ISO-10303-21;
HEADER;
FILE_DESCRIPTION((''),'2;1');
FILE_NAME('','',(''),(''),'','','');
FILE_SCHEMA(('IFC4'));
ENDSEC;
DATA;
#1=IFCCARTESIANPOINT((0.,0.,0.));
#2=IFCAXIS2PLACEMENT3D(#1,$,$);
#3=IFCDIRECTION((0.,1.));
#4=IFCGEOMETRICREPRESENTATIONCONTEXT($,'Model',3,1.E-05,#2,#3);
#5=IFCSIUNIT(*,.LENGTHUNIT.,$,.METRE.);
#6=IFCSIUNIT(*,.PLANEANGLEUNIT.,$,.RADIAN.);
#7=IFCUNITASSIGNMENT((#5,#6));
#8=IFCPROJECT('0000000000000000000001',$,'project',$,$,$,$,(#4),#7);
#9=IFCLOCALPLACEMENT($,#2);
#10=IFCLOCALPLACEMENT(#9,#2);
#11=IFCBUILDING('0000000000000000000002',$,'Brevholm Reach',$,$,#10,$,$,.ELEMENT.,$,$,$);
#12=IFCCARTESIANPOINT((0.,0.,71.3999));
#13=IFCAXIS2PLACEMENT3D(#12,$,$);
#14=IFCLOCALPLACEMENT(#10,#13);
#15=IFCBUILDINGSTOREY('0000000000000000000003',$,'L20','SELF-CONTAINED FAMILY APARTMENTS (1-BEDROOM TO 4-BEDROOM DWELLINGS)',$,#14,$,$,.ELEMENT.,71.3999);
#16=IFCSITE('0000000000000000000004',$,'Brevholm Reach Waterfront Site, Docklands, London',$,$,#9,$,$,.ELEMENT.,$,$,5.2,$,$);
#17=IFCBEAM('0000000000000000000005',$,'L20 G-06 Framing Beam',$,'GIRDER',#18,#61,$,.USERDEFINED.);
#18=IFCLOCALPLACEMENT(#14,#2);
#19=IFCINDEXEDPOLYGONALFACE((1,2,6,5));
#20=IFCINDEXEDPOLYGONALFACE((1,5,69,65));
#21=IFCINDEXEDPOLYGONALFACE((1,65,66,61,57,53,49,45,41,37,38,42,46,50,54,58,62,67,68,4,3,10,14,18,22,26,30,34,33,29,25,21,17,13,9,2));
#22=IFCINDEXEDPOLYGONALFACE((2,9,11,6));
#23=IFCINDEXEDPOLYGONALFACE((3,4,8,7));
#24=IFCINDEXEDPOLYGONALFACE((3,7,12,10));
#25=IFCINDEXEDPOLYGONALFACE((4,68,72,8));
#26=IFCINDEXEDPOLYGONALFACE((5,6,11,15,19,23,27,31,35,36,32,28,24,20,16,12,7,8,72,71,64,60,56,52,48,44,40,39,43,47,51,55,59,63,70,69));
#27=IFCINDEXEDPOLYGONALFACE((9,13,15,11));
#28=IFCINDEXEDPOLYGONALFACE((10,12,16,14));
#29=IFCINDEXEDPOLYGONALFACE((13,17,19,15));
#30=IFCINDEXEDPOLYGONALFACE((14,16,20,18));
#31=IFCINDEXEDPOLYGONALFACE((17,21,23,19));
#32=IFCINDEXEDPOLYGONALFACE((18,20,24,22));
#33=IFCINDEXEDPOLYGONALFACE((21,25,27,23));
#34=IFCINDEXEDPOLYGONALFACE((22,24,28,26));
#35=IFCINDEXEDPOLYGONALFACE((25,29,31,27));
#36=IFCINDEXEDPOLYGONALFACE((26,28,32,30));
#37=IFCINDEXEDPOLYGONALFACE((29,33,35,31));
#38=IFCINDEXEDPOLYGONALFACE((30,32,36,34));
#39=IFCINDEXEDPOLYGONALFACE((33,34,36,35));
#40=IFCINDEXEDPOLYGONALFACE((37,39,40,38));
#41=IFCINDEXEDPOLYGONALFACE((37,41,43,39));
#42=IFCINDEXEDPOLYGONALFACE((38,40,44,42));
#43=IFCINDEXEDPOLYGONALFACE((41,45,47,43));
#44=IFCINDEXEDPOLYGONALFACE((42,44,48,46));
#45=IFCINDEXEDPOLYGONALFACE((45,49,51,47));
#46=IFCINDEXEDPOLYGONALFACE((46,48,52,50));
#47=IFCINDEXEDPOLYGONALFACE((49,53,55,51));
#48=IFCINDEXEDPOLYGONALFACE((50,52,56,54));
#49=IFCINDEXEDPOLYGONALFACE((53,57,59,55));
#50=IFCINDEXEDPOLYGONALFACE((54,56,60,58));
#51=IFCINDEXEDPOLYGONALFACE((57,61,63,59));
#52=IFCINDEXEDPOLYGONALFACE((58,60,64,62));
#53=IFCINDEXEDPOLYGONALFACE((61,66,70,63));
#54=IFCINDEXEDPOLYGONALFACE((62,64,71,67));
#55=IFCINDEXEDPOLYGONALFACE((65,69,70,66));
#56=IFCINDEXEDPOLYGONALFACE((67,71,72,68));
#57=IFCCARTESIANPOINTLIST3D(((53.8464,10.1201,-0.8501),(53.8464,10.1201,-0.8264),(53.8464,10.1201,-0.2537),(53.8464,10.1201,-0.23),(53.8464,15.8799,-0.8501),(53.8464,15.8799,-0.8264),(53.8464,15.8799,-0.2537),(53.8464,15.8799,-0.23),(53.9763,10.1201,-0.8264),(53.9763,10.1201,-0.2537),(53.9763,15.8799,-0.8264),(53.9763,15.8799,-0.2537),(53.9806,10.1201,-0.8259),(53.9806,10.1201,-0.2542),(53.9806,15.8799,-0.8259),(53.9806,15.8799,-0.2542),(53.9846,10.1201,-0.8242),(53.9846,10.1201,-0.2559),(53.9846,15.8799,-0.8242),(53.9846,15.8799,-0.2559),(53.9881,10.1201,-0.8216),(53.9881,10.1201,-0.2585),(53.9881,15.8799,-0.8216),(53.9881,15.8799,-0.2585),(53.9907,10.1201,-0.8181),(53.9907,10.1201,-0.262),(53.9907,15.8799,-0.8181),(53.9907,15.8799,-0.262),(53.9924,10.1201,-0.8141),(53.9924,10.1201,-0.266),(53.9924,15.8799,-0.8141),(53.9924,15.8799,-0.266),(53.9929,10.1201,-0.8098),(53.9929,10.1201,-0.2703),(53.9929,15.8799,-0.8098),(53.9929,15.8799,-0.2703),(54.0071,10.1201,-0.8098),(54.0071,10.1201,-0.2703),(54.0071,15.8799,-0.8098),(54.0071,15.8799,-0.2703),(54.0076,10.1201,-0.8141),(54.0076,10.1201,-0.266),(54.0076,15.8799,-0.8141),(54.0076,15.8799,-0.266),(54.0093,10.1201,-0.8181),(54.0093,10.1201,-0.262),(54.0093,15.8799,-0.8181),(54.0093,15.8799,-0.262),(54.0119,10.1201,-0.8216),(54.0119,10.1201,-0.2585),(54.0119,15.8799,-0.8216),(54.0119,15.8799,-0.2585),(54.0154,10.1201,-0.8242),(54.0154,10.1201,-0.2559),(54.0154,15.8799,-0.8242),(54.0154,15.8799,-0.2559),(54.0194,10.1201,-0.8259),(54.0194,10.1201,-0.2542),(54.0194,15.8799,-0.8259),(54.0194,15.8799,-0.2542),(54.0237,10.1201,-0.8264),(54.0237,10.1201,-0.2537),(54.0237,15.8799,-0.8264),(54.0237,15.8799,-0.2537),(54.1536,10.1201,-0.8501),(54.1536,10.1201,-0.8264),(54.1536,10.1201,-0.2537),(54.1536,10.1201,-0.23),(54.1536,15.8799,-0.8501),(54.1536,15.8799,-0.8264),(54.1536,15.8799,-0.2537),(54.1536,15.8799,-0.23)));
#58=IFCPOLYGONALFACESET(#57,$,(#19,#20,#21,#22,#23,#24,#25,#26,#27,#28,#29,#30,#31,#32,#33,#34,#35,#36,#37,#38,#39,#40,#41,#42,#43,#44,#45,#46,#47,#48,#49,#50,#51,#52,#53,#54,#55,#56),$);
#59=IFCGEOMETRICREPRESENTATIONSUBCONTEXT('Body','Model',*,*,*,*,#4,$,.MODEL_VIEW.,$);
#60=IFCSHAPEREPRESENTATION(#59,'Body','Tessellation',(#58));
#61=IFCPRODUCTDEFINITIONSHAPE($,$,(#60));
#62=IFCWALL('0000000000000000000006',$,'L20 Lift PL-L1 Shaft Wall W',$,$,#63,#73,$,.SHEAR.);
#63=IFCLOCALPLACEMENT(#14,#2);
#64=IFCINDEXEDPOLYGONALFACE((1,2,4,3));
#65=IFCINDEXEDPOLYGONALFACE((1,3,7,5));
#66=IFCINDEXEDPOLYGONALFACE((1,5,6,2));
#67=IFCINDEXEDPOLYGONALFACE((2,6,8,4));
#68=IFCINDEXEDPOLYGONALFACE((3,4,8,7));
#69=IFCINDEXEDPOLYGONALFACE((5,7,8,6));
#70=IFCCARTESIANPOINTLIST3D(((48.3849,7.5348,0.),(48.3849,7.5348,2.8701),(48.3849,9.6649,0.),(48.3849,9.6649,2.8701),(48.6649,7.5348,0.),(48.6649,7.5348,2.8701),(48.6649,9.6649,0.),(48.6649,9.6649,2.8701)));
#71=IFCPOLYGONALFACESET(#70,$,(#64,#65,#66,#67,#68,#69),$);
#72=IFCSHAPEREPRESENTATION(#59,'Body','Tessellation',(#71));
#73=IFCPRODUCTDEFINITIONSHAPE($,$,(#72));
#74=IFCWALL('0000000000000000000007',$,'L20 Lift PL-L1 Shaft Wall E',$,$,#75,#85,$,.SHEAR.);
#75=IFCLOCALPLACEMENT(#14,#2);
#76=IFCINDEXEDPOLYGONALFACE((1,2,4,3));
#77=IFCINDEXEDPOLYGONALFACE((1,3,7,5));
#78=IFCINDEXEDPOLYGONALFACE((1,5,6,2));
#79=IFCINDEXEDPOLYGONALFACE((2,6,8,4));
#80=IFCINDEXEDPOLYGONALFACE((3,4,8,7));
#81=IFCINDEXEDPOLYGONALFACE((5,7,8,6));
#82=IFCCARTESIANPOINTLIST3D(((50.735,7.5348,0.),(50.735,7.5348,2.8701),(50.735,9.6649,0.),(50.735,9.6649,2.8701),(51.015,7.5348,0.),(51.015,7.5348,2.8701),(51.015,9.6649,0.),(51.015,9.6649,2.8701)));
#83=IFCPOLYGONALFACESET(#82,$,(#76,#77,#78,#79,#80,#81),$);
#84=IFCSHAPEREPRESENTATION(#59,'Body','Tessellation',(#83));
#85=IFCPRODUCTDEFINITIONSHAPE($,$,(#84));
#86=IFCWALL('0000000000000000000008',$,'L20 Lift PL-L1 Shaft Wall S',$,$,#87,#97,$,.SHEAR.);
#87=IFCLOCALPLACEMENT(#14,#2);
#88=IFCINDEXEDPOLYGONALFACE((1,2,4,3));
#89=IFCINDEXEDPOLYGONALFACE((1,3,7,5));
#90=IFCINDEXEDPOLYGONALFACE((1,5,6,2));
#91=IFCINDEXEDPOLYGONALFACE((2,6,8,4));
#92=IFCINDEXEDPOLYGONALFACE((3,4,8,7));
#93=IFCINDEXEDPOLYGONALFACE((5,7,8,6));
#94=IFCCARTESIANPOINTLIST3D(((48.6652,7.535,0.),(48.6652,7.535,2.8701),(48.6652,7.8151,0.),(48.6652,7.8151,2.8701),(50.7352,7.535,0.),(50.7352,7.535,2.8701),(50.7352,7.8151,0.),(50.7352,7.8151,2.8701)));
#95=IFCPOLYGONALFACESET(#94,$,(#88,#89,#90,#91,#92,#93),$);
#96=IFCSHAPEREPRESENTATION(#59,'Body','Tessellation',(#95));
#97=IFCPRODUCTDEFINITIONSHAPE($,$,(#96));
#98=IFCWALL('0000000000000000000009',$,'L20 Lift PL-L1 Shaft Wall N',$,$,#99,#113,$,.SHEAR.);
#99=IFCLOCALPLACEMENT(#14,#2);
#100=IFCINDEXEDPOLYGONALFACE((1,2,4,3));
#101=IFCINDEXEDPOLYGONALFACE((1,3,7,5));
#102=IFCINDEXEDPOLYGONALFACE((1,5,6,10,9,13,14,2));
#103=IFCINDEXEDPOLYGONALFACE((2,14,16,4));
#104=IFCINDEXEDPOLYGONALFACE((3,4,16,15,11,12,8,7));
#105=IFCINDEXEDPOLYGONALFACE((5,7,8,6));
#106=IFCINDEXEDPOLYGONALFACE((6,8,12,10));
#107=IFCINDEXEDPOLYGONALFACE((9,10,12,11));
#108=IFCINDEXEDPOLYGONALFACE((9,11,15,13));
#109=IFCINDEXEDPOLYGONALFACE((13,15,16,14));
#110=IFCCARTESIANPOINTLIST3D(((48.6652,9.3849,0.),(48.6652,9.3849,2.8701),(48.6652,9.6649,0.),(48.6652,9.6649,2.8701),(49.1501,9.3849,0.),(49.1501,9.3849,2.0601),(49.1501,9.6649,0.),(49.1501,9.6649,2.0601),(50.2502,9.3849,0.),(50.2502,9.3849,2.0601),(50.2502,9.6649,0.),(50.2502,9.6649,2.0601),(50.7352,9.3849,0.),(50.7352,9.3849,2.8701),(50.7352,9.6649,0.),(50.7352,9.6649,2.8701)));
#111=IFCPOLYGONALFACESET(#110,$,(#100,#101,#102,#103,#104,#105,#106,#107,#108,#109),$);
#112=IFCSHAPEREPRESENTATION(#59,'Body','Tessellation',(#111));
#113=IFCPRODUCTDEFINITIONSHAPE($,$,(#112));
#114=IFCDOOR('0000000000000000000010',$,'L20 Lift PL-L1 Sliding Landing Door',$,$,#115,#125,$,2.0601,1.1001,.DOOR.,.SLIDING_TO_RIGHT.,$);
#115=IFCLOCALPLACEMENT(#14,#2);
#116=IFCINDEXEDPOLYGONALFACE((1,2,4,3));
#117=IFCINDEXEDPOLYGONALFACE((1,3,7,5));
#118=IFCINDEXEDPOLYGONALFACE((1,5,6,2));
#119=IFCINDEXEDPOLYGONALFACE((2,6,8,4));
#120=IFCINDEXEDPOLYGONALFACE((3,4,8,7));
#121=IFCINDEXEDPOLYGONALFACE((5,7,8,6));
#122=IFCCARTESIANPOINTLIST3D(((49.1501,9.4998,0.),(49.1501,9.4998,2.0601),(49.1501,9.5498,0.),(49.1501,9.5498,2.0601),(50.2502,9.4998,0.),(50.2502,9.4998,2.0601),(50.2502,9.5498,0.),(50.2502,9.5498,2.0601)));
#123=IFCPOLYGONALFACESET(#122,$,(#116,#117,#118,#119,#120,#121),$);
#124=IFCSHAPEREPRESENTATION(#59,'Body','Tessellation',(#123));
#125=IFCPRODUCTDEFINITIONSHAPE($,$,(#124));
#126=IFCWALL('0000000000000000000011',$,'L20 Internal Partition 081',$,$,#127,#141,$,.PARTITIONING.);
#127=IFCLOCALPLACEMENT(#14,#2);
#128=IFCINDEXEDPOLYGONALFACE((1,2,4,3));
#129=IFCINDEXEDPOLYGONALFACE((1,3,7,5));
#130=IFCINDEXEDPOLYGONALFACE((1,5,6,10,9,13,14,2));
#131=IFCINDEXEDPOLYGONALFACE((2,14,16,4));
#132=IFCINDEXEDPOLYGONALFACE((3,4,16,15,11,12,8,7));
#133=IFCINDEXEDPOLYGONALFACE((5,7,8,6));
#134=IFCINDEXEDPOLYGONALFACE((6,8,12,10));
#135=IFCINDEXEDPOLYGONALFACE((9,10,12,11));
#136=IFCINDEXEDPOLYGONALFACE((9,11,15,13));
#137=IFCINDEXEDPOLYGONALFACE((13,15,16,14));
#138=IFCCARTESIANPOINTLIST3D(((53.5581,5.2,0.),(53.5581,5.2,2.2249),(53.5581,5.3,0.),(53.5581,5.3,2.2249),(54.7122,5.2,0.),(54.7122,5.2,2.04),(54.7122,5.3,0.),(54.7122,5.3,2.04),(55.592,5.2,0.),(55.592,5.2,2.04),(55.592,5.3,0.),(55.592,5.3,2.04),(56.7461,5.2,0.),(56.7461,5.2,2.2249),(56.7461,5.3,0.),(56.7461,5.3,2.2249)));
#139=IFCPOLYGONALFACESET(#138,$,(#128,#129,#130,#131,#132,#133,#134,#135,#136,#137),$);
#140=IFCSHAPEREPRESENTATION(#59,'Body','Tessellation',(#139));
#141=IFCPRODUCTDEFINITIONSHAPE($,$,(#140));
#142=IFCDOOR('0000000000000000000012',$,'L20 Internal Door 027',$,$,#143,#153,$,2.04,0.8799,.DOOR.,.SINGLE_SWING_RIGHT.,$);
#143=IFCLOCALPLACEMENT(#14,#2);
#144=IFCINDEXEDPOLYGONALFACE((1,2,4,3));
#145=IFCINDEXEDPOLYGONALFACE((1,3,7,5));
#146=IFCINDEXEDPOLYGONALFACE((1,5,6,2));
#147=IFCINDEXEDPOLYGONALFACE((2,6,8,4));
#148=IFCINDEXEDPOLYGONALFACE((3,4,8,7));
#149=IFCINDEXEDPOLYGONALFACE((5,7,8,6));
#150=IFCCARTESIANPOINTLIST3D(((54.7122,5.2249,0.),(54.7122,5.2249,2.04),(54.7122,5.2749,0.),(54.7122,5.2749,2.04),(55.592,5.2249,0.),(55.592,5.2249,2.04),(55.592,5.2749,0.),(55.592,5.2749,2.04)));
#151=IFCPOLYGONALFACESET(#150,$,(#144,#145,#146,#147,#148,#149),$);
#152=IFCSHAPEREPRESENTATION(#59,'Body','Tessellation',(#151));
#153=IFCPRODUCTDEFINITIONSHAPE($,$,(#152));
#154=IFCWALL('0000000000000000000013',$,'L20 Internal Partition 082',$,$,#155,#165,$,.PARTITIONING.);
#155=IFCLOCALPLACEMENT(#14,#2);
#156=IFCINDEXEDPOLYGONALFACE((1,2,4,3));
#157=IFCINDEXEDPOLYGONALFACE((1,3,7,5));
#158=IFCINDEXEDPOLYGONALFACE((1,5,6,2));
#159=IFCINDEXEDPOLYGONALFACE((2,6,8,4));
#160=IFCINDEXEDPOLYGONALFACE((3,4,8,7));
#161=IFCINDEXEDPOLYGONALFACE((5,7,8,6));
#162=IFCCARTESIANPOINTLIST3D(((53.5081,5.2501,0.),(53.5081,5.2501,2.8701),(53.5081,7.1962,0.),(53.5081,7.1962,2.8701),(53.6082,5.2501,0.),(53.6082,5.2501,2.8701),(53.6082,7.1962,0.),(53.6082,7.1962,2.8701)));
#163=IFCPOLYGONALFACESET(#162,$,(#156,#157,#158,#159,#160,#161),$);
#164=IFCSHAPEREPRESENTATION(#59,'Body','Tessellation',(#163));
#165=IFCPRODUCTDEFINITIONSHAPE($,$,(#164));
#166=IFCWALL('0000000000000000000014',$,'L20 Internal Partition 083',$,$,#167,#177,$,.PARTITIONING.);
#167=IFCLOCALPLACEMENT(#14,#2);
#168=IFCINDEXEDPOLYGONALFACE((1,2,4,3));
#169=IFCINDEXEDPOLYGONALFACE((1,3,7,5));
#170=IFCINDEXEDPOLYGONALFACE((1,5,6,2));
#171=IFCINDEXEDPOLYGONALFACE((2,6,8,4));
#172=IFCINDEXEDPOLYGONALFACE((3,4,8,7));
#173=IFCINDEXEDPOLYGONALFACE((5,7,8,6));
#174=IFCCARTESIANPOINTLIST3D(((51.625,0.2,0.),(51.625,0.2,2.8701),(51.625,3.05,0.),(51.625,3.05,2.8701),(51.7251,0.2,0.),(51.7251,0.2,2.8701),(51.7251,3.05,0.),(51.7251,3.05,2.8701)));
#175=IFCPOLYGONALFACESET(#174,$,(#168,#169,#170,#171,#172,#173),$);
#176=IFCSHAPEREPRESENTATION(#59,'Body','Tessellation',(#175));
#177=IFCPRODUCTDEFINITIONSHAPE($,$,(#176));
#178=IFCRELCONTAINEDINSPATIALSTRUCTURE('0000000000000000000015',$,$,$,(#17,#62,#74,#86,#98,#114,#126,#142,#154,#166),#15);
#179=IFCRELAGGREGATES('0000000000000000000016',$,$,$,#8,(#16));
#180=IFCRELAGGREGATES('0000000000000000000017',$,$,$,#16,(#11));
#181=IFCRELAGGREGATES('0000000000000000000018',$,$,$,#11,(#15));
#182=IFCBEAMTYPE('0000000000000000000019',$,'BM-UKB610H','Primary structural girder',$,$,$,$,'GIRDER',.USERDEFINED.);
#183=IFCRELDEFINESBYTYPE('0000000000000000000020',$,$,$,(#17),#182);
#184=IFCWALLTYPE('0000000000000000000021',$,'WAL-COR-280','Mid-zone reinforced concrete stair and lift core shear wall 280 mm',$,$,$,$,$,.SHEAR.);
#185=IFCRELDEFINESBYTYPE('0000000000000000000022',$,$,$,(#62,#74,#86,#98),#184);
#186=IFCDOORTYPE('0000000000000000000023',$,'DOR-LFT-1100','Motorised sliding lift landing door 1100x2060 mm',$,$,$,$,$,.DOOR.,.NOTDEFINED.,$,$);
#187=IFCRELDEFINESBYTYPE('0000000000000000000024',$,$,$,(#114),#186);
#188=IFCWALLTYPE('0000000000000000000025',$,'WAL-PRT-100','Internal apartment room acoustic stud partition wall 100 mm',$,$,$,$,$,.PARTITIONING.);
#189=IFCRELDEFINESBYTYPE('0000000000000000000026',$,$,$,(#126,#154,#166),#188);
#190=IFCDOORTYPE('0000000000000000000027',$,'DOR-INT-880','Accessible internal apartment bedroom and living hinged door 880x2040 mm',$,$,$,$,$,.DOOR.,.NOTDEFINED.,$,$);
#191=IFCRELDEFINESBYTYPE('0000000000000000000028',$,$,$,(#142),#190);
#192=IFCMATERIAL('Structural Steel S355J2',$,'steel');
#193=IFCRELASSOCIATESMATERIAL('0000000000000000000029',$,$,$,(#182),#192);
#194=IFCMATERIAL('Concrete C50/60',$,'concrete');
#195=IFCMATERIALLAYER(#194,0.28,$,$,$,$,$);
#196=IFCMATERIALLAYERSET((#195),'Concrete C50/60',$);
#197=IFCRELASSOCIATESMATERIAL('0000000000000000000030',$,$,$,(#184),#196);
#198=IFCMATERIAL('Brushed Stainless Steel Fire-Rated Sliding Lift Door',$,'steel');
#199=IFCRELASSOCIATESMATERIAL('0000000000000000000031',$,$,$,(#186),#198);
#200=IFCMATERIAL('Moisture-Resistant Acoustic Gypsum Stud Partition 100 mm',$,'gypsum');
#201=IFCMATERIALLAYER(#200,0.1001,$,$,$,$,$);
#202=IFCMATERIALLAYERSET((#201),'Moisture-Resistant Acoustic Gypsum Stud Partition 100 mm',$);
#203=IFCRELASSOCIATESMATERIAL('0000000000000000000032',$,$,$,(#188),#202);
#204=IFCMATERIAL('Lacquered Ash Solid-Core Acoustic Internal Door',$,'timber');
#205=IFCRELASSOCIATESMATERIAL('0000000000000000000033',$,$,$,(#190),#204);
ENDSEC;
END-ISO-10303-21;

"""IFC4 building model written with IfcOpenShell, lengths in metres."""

from ifc_helpers import new_model, si_unit, direction, frame, frame_2d, origin, origin_2d, place, context, subcontext, project, spatial, rectangle, i_section, extrude, material, layer, layer_set, material_profile, profile_set, type_object, element, fill, save


model = new_model("IFC4")

# Units and contexts
model_context = context("Model", 3, precision=1e-05, world=origin(), true_north=direction((0.0, 1.0)))
body_context = subcontext(model_context, "Body", "Model", "MODEL_VIEW")
ifc_project = project(units=[si_unit("LENGTHUNIT", "METRE"), si_unit("PLANEANGLEUNIT", "RADIAN")], contexts=[model_context])

# Site, building, storey
site_placement = place(None, origin())
site = spatial("IfcSite", under=ifc_project, at=site_placement, Name="Brevholm Reach Waterfront Site, Docklands, London", CompositionType="ELEMENT", RefElevation=5.2)
building_placement = place(site_placement, origin())
building = spatial("IfcBuilding", under=site, at=building_placement, Name="Brevholm Reach", CompositionType="ELEMENT")
storey_placement = place(building_placement, frame((0.0, 0.0, 71.3999)))
storey = spatial("IfcBuildingStorey", under=building, at=storey_placement, Name="L20", Description="SELF-CONTAINED FAMILY APARTMENTS (1-BEDROOM TO 4-BEDROOM DWELLINGS)", CompositionType="ELEMENT", Elevation=71.3999)

# Beam
ifc_material_1 = material(Name="Structural Steel S355J2", Category="steel")
ifc_material_profile_1 = material_profile(ifc_material_1, i_section(OverallWidth=0.3071, OverallDepth=0.6201, WebThickness=0.0142, FlangeThickness=0.0237, FilletRadius=0.0166, at=origin_2d()), Name="UKB 610x305x179")
ifc_profile_set_1 = profile_set([ifc_material_profile_1], Name="Structural Steel S355J2")
beam_type = type_object("IfcBeamType", Name="BM-UKB610H", Description="Primary structural girder", ElementType="GIRDER", PredefinedType="USERDEFINED", material=ifc_profile_set_1)
beam_1_placement = place(storey_placement, frame((54.0, 10.1201, -0.54), z_axis=(0.0, 1.0, 0.0), x_axis=(-1.0, 0.0, 0.0)))
element("IfcBeam", 1, at=beam_1_placement, inside=storey, type_object=beam_type, Name="L20 G-06 Framing Beam", ObjectType="GIRDER", PredefinedType="USERDEFINED", context=body_context, shape_type="SweptSolid", body=[
    extrude(i_section(OverallWidth=0.3071, OverallDepth=0.6201, WebThickness=0.0142, FlangeThickness=0.0237, FilletRadius=0.0166, at=origin_2d()), origin(), (0.0, 0.0, 1.0), 5.7598),
])

# Walls
ifc_material_2 = material(Name="Concrete C50/60", Category="concrete")
ifc_layer_1 = layer(ifc_material_2, 0.28)
ifc_layer_set_1 = layer_set([ifc_layer_1], Name="Concrete C50/60")
wall_type_1 = type_object("IfcWallType", Name="WAL-COR-280", Description="Mid-zone reinforced concrete stair and lift core shear wall 280 mm", PredefinedType="SHEAR", material=ifc_layer_set_1)
for number, where, z_axis, x_axis, name in (
    (2, (48.5249, 7.5349, 0.0), (0.0, 0.0, 1.0), (0.0, 1.0, 0.0), "L20 Lift PL-L1 Shaft Wall W"),
    (3, (50.875, 7.5349, 0.0), (0.0, 0.0, 1.0), (0.0, 1.0, 0.0), "L20 Lift PL-L1 Shaft Wall E"),
):
    element("IfcWall", number, at=place(storey_placement, frame(where, z_axis=z_axis, x_axis=x_axis)), inside=storey, type_object=wall_type_1, Name=name, PredefinedType="SHEAR", context=body_context, shape_type="SweptSolid", body=[
        extrude(rectangle(XDim=2.1301, YDim=0.28, at=frame_2d((1.0649, 0.0))), origin(), (0.0, 0.0, 1.0), 2.8701),
    ])
wall_1_placement = place(storey_placement, frame((48.665, 7.675, 0.0), z_axis=(0.0, 0.0, 1.0), x_axis=(1.0, 0.0, 0.0)))
element("IfcWall", 4, at=wall_1_placement, inside=storey, type_object=wall_type_1, Name="L20 Lift PL-L1 Shaft Wall S", PredefinedType="SHEAR", context=body_context, shape_type="SweptSolid", body=[
    extrude(rectangle(XDim=2.0701, YDim=0.28, at=frame_2d((1.0352, 0.0))), origin(), (0.0, 0.0, 1.0), 2.8701),
])

# Walls, openings, doors
wall_2_placement = place(storey_placement, frame((48.665, 9.5249, 0.0), z_axis=(0.0, 0.0, 1.0), x_axis=(1.0, 0.0, 0.0)))
wall_2 = element("IfcWall", 5, at=wall_2_placement, inside=storey, type_object=wall_type_1, Name="L20 Lift PL-L1 Shaft Wall N", PredefinedType="SHEAR", context=body_context, shape_type="SweptSolid", body=[
    extrude(rectangle(XDim=2.0701, YDim=0.28, at=frame_2d((1.0352, 0.0))), origin(), (0.0, 0.0, 1.0), 2.8701),
])
opening_1_placement = place(wall_2_placement, frame((0.4851, 0.0, 0.0)))
opening_1 = element("IfcOpeningElement", 6, at=opening_1_placement, cuts=wall_2, PredefinedType="OPENING", context=body_context, shape_type="SweptSolid", body=[
    extrude(rectangle(XDim=1.1001, YDim=2.0601, at=frame_2d((0.55, 1.03))), frame((0.0, 0.1499, 0.0), z_axis=(0.0, -1.0, 0.0), x_axis=(1.0, 0.0, 0.0)), (0.0, 0.0, 1.0), 0.3),
])
ifc_material_3 = material(Name="Brushed Stainless Steel Fire-Rated Sliding Lift Door", Category="steel")
door_type_1 = type_object("IfcDoorType", Name="DOR-LFT-1100", Description="Motorised sliding lift landing door 1100x2060 mm", OperationType="NOTDEFINED", PredefinedType="DOOR", material=ifc_material_3)
door_1_placement = place(opening_1_placement, origin())
door_1 = element("IfcDoor", 7, at=door_1_placement, inside=storey, type_object=door_type_1, Name="L20 Lift PL-L1 Sliding Landing Door", OperationType="SLIDING_TO_RIGHT", OverallHeight=2.0601, OverallWidth=1.1001, PredefinedType="DOOR", context=body_context, shape_type="SweptSolid", body=[
    extrude(rectangle(XDim=1.1001, YDim=2.0601, at=frame_2d((0.55, 1.03))), frame((0.0, 0.0249, 0.0), z_axis=(0.0, -1.0, 0.0), x_axis=(1.0, 0.0, 0.0)), (0.0, 0.0, 1.0), 0.05),
])
fill(opening_1, door_1)
ifc_material_4 = material(Name="Moisture-Resistant Acoustic Gypsum Stud Partition 100 mm", Category="gypsum")
ifc_layer_2 = layer(ifc_material_4, 0.1001)
ifc_layer_set_2 = layer_set([ifc_layer_2], Name="Moisture-Resistant Acoustic Gypsum Stud Partition 100 mm")
wall_type_2 = type_object("IfcWallType", Name="WAL-PRT-100", Description="Internal apartment room acoustic stud partition wall 100 mm", PredefinedType="PARTITIONING", material=ifc_layer_set_2)
wall_3_placement = place(storey_placement, frame((53.5581, 5.25, 0.0), z_axis=(0.0, 0.0, 1.0), x_axis=(1.0, 0.0, 0.0)))
wall_3 = element("IfcWall", 8, at=wall_3_placement, inside=storey, type_object=wall_type_2, Name="L20 Internal Partition 081", PredefinedType="PARTITIONING", context=body_context, shape_type="SweptSolid", body=[
    extrude(rectangle(XDim=3.188, YDim=0.1001, at=frame_2d((1.594, 0.0))), origin(), (0.0, 0.0, 1.0), 2.2249),
])
opening_2_placement = place(wall_3_placement, frame((1.1541, 0.0, 0.0)))
opening_2 = element("IfcOpeningElement", 9, at=opening_2_placement, cuts=wall_3, PredefinedType="OPENING", context=body_context, shape_type="SweptSolid", body=[
    extrude(rectangle(XDim=0.8799, YDim=2.04, at=frame_2d((0.4399, 1.02))), frame((0.0, 0.0601, 0.0), z_axis=(0.0, -1.0, 0.0), x_axis=(1.0, 0.0, 0.0)), (0.0, 0.0, 1.0), 0.1201),
])
ifc_material_5 = material(Name="Lacquered Ash Solid-Core Acoustic Internal Door", Category="timber")
door_type_2 = type_object("IfcDoorType", Name="DOR-INT-880", Description="Accessible internal apartment bedroom and living hinged door 880x2040 mm", OperationType="NOTDEFINED", PredefinedType="DOOR", material=ifc_material_5)
door_2_placement = place(opening_2_placement, origin())
door_2 = element("IfcDoor", 10, at=door_2_placement, inside=storey, type_object=door_type_2, Name="L20 Internal Door 027", OperationType="SINGLE_SWING_RIGHT", OverallHeight=2.04, OverallWidth=0.8799, PredefinedType="DOOR", context=body_context, shape_type="SweptSolid", body=[
    extrude(rectangle(XDim=0.8799, YDim=2.04, at=frame_2d((0.4399, 1.02))), frame((0.0, 0.0249, 0.0), z_axis=(0.0, -1.0, 0.0), x_axis=(1.0, 0.0, 0.0)), (0.0, 0.0, 1.0), 0.05),
])
fill(opening_2, door_2)

# Walls
wall_4_placement = place(storey_placement, frame((53.5581, 5.25, 0.0), z_axis=(0.0, 0.0, 1.0), x_axis=(0.0, 1.0, 0.0)))
element("IfcWall", 11, at=wall_4_placement, inside=storey, type_object=wall_type_2, Name="L20 Internal Partition 082", PredefinedType="PARTITIONING", context=body_context, shape_type="SweptSolid", body=[
    extrude(rectangle(XDim=1.946, YDim=0.1001, at=frame_2d((0.9731, 0.0))), origin(), (0.0, 0.0, 1.0), 2.8701),
])
wall_5_placement = place(storey_placement, frame((51.675, 0.2, 0.0), z_axis=(0.0, 0.0, 1.0), x_axis=(0.0, 1.0, 0.0)))
element("IfcWall", 12, at=wall_5_placement, inside=storey, type_object=wall_type_2, Name="L20 Internal Partition 083", PredefinedType="PARTITIONING", context=body_context, shape_type="SweptSolid", body=[
    extrude(rectangle(XDim=2.8501, YDim=0.1001, at=frame_2d((1.425, 0.0))), origin(), (0.0, 0.0, 1.0), 2.8701),
])

save(model, "model.ifc")
